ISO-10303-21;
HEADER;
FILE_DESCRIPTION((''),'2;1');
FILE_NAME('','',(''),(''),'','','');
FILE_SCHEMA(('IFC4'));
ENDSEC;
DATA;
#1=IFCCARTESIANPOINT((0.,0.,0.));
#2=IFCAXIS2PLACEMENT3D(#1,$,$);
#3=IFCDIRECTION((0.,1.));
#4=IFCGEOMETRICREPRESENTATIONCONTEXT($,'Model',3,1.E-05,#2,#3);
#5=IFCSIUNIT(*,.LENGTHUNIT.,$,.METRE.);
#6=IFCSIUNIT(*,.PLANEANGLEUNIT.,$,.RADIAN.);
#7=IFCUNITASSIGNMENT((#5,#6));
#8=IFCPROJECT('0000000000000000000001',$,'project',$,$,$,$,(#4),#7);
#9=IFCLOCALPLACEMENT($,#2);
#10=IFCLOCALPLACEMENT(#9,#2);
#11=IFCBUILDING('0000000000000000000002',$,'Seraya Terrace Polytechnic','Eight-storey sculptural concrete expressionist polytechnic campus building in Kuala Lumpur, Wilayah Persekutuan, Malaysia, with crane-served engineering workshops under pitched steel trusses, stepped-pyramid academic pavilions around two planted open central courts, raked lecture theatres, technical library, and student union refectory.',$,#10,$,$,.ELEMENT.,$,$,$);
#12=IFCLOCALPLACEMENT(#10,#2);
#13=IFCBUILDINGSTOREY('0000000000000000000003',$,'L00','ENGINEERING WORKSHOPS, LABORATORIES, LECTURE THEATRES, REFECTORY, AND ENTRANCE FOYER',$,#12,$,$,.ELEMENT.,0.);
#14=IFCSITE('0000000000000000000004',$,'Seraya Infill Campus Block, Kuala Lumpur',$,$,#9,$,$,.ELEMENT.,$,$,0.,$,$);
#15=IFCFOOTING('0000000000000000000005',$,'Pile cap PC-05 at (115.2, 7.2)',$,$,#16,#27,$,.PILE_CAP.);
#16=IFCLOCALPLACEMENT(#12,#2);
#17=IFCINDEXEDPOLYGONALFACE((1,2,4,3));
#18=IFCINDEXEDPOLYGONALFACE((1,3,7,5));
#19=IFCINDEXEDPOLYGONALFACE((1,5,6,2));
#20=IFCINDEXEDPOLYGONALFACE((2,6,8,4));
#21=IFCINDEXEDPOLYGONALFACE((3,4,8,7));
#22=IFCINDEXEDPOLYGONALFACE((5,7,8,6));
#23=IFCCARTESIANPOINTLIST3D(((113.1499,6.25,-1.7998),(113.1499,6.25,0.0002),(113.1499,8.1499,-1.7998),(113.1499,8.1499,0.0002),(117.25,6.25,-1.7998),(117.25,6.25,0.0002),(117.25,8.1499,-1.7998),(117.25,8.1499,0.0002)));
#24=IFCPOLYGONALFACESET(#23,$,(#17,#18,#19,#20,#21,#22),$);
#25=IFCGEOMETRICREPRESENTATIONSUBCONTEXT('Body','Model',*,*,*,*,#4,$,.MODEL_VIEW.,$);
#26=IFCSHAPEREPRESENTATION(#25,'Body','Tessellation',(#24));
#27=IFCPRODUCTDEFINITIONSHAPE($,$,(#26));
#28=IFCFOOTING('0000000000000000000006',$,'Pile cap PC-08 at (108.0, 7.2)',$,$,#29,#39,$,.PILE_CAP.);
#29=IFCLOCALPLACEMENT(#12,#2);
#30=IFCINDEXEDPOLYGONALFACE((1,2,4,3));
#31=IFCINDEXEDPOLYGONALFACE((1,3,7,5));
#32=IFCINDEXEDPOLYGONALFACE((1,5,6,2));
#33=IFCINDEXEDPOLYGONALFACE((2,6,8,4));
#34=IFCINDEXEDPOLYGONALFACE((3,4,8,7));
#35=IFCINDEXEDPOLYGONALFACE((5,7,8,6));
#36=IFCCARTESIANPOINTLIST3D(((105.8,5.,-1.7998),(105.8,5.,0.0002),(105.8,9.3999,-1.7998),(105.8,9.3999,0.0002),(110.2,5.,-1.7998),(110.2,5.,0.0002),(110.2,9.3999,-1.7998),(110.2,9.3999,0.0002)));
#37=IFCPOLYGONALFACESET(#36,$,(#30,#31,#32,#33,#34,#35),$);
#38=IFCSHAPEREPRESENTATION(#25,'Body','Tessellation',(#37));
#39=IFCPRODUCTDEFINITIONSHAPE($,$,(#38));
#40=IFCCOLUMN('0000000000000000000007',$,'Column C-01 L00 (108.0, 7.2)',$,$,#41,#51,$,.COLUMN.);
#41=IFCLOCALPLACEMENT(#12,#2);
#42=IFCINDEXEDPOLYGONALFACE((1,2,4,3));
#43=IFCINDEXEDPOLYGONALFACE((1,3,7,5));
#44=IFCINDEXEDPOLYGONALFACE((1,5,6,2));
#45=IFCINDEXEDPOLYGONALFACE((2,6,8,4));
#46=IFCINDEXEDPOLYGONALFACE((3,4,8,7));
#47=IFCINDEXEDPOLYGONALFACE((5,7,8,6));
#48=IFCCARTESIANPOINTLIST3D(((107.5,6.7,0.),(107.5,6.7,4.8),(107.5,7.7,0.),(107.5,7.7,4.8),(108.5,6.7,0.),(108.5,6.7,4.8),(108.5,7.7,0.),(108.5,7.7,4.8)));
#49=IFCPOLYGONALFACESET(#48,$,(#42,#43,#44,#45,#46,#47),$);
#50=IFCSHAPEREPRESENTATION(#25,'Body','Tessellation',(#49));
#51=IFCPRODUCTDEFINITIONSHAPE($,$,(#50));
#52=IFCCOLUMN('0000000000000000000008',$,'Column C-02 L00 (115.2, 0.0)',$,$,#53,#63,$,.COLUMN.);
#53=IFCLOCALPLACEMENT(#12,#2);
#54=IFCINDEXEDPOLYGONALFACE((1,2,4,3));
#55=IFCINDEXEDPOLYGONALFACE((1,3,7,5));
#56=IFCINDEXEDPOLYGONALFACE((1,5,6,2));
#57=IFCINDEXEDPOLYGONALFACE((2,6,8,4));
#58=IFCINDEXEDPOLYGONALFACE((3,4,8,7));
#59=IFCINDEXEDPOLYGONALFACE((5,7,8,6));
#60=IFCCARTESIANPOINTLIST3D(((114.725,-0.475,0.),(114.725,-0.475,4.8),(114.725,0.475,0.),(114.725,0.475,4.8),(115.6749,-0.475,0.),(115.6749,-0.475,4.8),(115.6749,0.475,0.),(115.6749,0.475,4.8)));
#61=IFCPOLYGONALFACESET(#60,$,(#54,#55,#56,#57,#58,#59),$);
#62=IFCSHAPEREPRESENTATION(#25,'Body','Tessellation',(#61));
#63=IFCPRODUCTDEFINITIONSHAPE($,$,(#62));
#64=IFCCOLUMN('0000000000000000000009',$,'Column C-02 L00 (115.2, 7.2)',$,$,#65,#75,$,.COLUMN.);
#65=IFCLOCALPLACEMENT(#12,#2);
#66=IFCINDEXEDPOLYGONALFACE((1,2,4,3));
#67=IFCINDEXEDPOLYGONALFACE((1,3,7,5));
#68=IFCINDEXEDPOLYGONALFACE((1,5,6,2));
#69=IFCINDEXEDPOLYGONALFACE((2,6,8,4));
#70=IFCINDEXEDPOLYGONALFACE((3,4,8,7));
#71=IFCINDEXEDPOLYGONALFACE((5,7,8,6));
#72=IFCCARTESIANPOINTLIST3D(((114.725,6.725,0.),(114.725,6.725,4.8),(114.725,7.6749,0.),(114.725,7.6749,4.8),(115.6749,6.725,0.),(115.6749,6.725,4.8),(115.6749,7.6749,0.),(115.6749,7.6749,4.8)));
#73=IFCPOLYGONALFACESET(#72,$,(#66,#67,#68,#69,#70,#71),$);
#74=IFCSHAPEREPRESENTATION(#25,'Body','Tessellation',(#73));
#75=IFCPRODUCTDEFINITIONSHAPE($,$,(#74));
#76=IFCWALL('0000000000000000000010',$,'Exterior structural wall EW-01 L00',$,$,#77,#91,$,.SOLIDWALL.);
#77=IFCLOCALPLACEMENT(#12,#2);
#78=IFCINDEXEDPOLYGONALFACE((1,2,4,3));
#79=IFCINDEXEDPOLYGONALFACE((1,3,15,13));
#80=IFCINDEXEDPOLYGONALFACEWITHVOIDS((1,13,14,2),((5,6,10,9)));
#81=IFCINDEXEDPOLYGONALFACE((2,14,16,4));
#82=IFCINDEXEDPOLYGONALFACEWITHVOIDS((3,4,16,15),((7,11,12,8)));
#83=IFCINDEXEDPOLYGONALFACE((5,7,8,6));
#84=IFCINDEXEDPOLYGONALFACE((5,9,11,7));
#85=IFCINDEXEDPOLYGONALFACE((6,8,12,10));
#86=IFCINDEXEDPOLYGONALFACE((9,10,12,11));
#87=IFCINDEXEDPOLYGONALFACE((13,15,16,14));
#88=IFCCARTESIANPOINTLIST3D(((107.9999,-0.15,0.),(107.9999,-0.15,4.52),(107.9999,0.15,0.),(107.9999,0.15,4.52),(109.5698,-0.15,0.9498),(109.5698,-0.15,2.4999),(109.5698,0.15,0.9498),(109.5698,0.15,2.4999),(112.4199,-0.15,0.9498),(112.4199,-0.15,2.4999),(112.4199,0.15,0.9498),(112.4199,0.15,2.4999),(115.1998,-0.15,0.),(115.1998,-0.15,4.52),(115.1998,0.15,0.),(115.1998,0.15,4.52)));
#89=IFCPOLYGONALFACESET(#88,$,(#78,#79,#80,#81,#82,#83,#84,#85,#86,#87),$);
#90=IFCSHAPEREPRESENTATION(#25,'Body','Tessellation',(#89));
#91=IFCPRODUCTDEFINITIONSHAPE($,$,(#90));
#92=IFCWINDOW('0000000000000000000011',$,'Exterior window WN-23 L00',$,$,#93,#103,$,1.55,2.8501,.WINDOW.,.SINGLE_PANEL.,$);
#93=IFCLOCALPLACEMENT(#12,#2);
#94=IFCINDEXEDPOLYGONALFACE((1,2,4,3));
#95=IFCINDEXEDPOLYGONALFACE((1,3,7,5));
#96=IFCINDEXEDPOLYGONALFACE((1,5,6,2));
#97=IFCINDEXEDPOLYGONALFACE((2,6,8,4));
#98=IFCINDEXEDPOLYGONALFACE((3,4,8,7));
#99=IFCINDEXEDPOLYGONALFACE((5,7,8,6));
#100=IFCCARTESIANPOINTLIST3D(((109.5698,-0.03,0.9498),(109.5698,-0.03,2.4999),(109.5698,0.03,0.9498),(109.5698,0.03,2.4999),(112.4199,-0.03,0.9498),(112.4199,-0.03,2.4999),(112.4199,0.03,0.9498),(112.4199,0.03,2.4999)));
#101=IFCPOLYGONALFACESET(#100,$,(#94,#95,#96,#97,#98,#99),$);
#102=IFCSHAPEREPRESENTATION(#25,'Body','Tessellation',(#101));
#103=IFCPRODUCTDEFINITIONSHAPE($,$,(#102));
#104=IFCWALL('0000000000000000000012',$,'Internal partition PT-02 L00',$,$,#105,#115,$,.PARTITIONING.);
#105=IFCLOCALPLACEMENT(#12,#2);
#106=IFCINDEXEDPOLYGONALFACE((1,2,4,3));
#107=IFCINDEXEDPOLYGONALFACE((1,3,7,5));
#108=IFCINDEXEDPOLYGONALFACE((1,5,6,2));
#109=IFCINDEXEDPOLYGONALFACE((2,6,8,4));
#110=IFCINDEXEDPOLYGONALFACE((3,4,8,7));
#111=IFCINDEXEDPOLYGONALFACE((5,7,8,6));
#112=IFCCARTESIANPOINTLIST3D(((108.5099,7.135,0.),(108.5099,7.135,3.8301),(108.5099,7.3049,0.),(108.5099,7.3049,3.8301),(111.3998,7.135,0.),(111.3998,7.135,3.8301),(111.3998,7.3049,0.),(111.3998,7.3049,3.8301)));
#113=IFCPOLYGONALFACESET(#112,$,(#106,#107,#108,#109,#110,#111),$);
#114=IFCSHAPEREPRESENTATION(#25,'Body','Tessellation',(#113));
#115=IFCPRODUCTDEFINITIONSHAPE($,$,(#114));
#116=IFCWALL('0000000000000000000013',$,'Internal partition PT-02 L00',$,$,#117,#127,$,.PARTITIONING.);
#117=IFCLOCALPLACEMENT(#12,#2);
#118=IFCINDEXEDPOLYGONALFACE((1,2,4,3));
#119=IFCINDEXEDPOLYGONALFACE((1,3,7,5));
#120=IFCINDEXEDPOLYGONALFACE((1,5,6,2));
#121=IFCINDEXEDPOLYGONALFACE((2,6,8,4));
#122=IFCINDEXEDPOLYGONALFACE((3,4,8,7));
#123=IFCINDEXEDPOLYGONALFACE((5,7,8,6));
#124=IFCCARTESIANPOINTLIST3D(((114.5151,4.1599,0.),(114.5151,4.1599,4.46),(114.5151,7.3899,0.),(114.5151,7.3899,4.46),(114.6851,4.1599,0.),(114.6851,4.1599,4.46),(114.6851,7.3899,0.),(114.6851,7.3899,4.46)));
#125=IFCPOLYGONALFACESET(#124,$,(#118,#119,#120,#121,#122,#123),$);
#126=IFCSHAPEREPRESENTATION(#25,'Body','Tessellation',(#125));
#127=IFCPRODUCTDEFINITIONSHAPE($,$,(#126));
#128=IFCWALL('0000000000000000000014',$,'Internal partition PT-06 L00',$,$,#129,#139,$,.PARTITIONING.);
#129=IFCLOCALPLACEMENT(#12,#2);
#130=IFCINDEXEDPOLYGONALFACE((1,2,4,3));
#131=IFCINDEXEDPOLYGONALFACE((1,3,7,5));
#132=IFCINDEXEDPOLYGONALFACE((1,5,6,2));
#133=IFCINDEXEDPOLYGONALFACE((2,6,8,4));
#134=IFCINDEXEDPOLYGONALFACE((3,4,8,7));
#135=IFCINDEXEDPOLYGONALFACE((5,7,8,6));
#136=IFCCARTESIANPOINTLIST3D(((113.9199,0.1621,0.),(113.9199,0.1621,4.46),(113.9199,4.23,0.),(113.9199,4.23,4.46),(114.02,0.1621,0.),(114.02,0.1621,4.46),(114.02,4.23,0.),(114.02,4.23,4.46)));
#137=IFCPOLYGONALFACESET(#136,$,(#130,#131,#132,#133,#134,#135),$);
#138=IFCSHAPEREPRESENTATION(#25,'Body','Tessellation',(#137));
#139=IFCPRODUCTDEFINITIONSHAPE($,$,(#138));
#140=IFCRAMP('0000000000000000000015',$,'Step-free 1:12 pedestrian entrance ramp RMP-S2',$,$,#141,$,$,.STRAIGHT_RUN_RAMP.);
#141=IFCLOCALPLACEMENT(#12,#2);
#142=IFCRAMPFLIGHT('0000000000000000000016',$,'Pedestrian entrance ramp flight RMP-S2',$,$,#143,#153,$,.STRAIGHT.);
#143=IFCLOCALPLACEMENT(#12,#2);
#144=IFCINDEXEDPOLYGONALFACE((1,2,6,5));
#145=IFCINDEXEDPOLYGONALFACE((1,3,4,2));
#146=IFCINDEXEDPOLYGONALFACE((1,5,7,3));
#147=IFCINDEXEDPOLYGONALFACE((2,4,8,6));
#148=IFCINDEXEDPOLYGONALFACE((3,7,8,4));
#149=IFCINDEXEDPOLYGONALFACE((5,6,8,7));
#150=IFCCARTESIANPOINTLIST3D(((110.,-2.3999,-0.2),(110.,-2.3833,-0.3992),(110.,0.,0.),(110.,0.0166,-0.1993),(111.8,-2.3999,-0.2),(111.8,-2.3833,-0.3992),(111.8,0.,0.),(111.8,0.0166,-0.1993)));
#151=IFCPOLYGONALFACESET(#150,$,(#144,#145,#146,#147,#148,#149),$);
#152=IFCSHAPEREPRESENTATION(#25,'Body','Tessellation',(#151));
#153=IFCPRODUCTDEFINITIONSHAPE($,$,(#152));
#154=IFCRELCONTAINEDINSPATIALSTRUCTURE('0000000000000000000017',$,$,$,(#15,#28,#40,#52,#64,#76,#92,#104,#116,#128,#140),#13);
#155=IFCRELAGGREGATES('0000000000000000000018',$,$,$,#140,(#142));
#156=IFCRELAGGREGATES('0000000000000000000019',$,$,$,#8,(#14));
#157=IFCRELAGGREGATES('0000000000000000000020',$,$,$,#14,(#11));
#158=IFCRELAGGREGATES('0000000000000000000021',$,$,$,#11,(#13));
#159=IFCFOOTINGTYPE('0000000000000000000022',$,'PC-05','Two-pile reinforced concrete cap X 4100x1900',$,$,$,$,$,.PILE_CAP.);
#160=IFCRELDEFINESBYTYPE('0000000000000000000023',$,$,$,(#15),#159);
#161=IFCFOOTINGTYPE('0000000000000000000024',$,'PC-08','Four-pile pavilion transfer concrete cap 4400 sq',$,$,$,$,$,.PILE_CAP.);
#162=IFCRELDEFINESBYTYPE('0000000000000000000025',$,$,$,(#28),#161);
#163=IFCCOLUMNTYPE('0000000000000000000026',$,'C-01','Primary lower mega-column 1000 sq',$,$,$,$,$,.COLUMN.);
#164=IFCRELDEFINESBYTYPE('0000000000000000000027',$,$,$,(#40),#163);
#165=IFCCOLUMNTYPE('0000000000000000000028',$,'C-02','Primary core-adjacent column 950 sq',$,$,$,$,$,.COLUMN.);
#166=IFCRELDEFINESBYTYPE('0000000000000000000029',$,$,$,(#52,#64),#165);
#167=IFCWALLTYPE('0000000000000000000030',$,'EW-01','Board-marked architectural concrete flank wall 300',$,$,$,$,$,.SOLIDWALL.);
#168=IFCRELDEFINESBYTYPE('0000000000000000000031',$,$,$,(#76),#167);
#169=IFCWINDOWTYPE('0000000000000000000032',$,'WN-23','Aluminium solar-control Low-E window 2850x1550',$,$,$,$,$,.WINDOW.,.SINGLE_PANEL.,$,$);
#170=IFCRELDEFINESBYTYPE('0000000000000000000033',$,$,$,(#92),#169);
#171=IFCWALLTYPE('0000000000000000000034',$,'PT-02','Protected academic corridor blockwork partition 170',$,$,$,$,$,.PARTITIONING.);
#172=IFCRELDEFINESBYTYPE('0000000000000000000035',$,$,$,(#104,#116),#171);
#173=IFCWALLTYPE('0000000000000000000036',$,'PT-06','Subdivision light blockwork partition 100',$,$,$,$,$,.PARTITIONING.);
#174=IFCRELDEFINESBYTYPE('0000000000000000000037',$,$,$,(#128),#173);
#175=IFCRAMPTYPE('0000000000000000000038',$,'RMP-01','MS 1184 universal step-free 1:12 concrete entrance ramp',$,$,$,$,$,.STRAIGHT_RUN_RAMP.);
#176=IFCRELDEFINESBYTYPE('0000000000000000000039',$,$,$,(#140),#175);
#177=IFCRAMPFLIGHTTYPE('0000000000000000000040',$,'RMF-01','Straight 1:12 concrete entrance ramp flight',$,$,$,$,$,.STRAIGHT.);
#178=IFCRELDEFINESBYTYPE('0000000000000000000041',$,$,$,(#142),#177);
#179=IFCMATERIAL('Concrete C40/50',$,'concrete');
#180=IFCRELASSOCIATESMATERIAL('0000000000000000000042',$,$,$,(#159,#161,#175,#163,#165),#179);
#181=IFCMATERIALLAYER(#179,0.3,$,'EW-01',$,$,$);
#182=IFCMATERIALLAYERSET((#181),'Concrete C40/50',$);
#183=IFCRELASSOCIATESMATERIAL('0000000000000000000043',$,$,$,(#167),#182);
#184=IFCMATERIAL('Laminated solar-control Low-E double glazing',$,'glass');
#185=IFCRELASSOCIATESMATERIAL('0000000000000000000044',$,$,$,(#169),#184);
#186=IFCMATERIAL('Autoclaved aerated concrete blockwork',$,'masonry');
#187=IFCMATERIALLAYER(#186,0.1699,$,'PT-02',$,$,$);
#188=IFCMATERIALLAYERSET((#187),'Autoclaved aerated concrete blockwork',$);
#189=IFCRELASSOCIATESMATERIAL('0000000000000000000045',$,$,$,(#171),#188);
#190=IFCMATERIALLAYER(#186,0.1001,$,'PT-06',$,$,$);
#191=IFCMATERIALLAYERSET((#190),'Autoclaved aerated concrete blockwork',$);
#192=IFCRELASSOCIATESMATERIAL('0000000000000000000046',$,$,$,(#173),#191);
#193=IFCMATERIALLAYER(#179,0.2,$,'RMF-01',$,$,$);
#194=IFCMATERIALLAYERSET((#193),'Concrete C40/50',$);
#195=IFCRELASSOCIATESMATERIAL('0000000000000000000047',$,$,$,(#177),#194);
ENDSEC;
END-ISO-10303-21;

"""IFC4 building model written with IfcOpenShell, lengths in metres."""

from ifc_helpers import new_model, si_unit, direction, frame, frame_2d, origin, origin_2d, place, context, subcontext, project, spatial, polyline, rectangle, outline, extrude, material, layer, layer_set, material_profile, profile_set, type_object, element, fill, aggregate, save


model = new_model("IFC4")

# Units and contexts
model_context = context("Model", 3, precision=1e-05, world=origin(), true_north=direction((0.0, 1.0)))
body_context = subcontext(model_context, "Body", "Model", "MODEL_VIEW")
ifc_project = project(units=[si_unit("LENGTHUNIT", "METRE"), si_unit("PLANEANGLEUNIT", "RADIAN")], contexts=[model_context])

# Site, building, storey
site_placement = place(None, origin())
site = spatial("IfcSite", under=ifc_project, at=site_placement, Name="Seraya Infill Campus Block, Kuala Lumpur", CompositionType="ELEMENT", RefElevation=0.0)
building_placement = place(site_placement, origin())
building = spatial("IfcBuilding", under=site, at=building_placement, Name="Seraya Terrace Polytechnic", Description="Eight-storey sculptural concrete expressionist polytechnic campus building in Kuala Lumpur, Wilayah Persekutuan, Malaysia, with crane-served engineering workshops under pitched steel trusses, stepped-pyramid academic pavilions around two planted open central courts, raked lecture theatres, technical library, and student union refectory.", CompositionType="ELEMENT")
storey_placement = place(building_placement, origin())
storey = spatial("IfcBuildingStorey", under=building, at=storey_placement, Name="L00", Description="ENGINEERING WORKSHOPS, LABORATORIES, LECTURE THEATRES, REFECTORY, AND ENTRANCE FOYER", CompositionType="ELEMENT", Elevation=0.0)

# Shared definitions
ifc_material_1 = material(Name="Concrete C40/50", Category="concrete")

# Footings
footing_type_1 = type_object("IfcFootingType", Name="PC-05", Description="Two-pile reinforced concrete cap X 4100x1900", PredefinedType="PILE_CAP", material=ifc_material_1)
for number, where, z_axis, x_axis, name in (
    (1, (115.2, 7.2, -1.7998), (0.0, 0.0, 1.0), (1.0, 0.0, 0.0), "Pile cap PC-05 at (115.2, 7.2)"),
):
    element("IfcFooting", number, at=place(storey_placement, frame(where, z_axis=z_axis, x_axis=x_axis)), inside=storey, type_object=footing_type_1, Name=name, PredefinedType="PILE_CAP", context=body_context, shape_type="SweptSolid", body=[
        extrude(rectangle(XDim=4.1001, YDim=1.8999, at=origin_2d()), origin(), (0.0, 0.0, 1.0), 1.8),
    ])
footing_type_2 = type_object("IfcFootingType", Name="PC-08", Description="Four-pile pavilion transfer concrete cap 4400 sq", PredefinedType="PILE_CAP", material=ifc_material_1)
footing_1_placement = place(storey_placement, frame((108.0, 7.2, -1.7998), z_axis=(0.0, 0.0, 1.0), x_axis=(1.0, 0.0, 0.0)))
element("IfcFooting", 2, at=footing_1_placement, inside=storey, type_object=footing_type_2, Name="Pile cap PC-08 at (108.0, 7.2)", PredefinedType="PILE_CAP", context=body_context, shape_type="SweptSolid", body=[
    extrude(rectangle(XDim=4.3999, YDim=4.3999, at=origin_2d()), origin(), (0.0, 0.0, 1.0), 1.8),
])

# Columns
ifc_material_profile_1 = material_profile(ifc_material_1, rectangle(XDim=1.0, YDim=1.0, at=origin_2d()), Name="RC 1000x1000")
ifc_profile_set_1 = profile_set([ifc_material_profile_1], Name="Concrete C40/50")
column_type_1 = type_object("IfcColumnType", Name="C-01", Description="Primary lower mega-column 1000 sq", PredefinedType="COLUMN", material=ifc_profile_set_1)
column_placement = place(storey_placement, frame((108.0, 7.2, 0.0), z_axis=(0.0, 0.0, 1.0), x_axis=(1.0, 0.0, 0.0)))
element("IfcColumn", 3, at=column_placement, inside=storey, type_object=column_type_1, Name="Column C-01 L00 (108.0, 7.2)", PredefinedType="COLUMN", context=body_context, shape_type="SweptSolid", body=[
    extrude(rectangle(XDim=1.0, YDim=1.0, at=origin_2d()), origin(), (0.0, 0.0, 1.0), 4.8),
])
ifc_material_profile_2 = material_profile(ifc_material_1, rectangle(XDim=0.95, YDim=0.95, at=origin_2d()), Name="RC 950x950")
ifc_profile_set_2 = profile_set([ifc_material_profile_2], Name="Concrete C40/50")
column_type_2 = type_object("IfcColumnType", Name="C-02", Description="Primary core-adjacent column 950 sq", PredefinedType="COLUMN", material=ifc_profile_set_2)
for number, where, z_axis, x_axis, name in (
    (4, (115.2, 0.0, 0.0), (0.0, 0.0, 1.0), (1.0, 0.0, 0.0), "Column C-02 L00 (115.2, 0.0)"),
    (5, (115.2, 7.2, 0.0), (0.0, 0.0, 1.0), (1.0, 0.0, 0.0), "Column C-02 L00 (115.2, 7.2)"),
):
    element("IfcColumn", number, at=place(storey_placement, frame(where, z_axis=z_axis, x_axis=x_axis)), inside=storey, type_object=column_type_2, Name=name, PredefinedType="COLUMN", context=body_context, shape_type="SweptSolid", body=[
        extrude(rectangle(XDim=0.95, YDim=0.95, at=origin_2d()), origin(), (0.0, 0.0, 1.0), 4.8),
    ])

# Wall, opening, window
ifc_layer_1 = layer(ifc_material_1, 0.3, Name="EW-01")
ifc_layer_set_1 = layer_set([ifc_layer_1], Name="Concrete C40/50")
wall_type_1 = type_object("IfcWallType", Name="EW-01", Description="Board-marked architectural concrete flank wall 300", PredefinedType="SOLIDWALL", material=ifc_layer_set_1)
wall_1_placement = place(storey_placement, frame((115.2, 0.0, 0.0), z_axis=(0.0, 0.0, 1.0), x_axis=(-1.0, 0.0, 0.0)))
wall_1 = element("IfcWall", 6, at=wall_1_placement, inside=storey, type_object=wall_type_1, Name="Exterior structural wall EW-01 L00", PredefinedType="SOLIDWALL", context=body_context, shape_type="SweptSolid", body=[
    extrude(rectangle(XDim=7.2, YDim=0.3, at=frame_2d((3.6001, 0.0))), origin(), (0.0, 0.0, 1.0), 4.52),
])
opening_placement = place(wall_1_placement, frame((2.78, 0.0, 0.95)))
opening = element("IfcOpeningElement", 7, at=opening_placement, cuts=wall_1, PredefinedType="OPENING", context=body_context, shape_type="SweptSolid", body=[
    extrude(rectangle(XDim=2.8501, YDim=1.55, at=frame_2d((1.425, 0.7749))), frame((0.0, 0.1621, 0.0), z_axis=(0.0, -1.0, 0.0), x_axis=(1.0, 0.0, 0.0)), (0.0, 0.0, 1.0), 0.324),
])
ifc_material_2 = material(Name="Laminated solar-control Low-E double glazing", Category="glass")
window_type = type_object("IfcWindowType", Name="WN-23", Description="Aluminium solar-control Low-E window 2850x1550", PartitioningType="SINGLE_PANEL", PredefinedType="WINDOW", material=ifc_material_2)
window_placement = place(opening_placement, origin())
window = element("IfcWindow", 8, at=window_placement, inside=storey, type_object=window_type, Name="Exterior window WN-23 L00", OverallHeight=1.55, OverallWidth=2.8501, PartitioningType="SINGLE_PANEL", PredefinedType="WINDOW", context=body_context, shape_type="SweptSolid", body=[
    extrude(rectangle(XDim=2.8501, YDim=1.55, at=frame_2d((1.425, 0.7749))), frame((0.0, 0.03, 0.0), z_axis=(0.0, -1.0, 0.0), x_axis=(1.0, 0.0, 0.0)), (0.0, 0.0, 1.0), 0.0601),
])
fill(opening, window)

# Walls
ifc_material_3 = material(Name="Autoclaved aerated concrete blockwork", Category="masonry")
ifc_layer_2 = layer(ifc_material_3, 0.1699, Name="PT-02")
ifc_layer_set_2 = layer_set([ifc_layer_2], Name="Autoclaved aerated concrete blockwork")
wall_type_2 = type_object("IfcWallType", Name="PT-02", Description="Protected academic corridor blockwork partition 170", PredefinedType="PARTITIONING", material=ifc_layer_set_2)
wall_2_placement = place(storey_placement, frame((108.51, 7.22, 0.0), z_axis=(0.0, 0.0, 1.0), x_axis=(1.0, 0.0, 0.0)))
element("IfcWall", 9, at=wall_2_placement, inside=storey, type_object=wall_type_2, Name="Internal partition PT-02 L00", PredefinedType="PARTITIONING", context=body_context, shape_type="SweptSolid", body=[
    extrude(rectangle(XDim=2.8899, YDim=0.1699, at=frame_2d((1.4448, 0.0))), origin(), (0.0, 0.0, 1.0), 3.8301),
])
wall_3_placement = place(storey_placement, frame((114.6001, 4.1599, 0.0), z_axis=(0.0, 0.0, 1.0), x_axis=(0.0, 1.0, 0.0)))
element("IfcWall", 10, at=wall_3_placement, inside=storey, type_object=wall_type_2, Name="Internal partition PT-02 L00", PredefinedType="PARTITIONING", context=body_context, shape_type="SweptSolid", body=[
    extrude(rectangle(XDim=3.23, YDim=0.1699, at=frame_2d((1.615, 0.0))), origin(), (0.0, 0.0, 1.0), 4.46),
])
ifc_layer_3 = layer(ifc_material_3, 0.1001, Name="PT-06")
ifc_layer_set_3 = layer_set([ifc_layer_3], Name="Autoclaved aerated concrete blockwork")
wall_type_3 = type_object("IfcWallType", Name="PT-06", Description="Subdivision light blockwork partition 100", PredefinedType="PARTITIONING", material=ifc_layer_set_3)
wall_4_placement = place(storey_placement, frame((113.97, 0.1621, 0.0), z_axis=(0.0, 0.0, 1.0), x_axis=(0.0, 1.0, 0.0)))
element("IfcWall", 11, at=wall_4_placement, inside=storey, type_object=wall_type_3, Name="Internal partition PT-06 L00", PredefinedType="PARTITIONING", context=body_context, shape_type="SweptSolid", body=[
    extrude(rectangle(XDim=4.0679, YDim=0.1001, at=frame_2d((2.0339, 0.0))), origin(), (0.0, 0.0, 1.0), 4.46),
])

# Ramp, ramp flight
ramp_type = type_object("IfcRampType", Name="RMP-01", Description="MS 1184 universal step-free 1:12 concrete entrance ramp", PredefinedType="STRAIGHT_RUN_RAMP", material=ifc_material_1)
ramp_placement = place(storey_placement, origin())
ramp = element("IfcRamp", 12, at=ramp_placement, inside=storey, type_object=ramp_type, Name="Step-free 1:12 pedestrian entrance ramp RMP-S2", PredefinedType="STRAIGHT_RUN_RAMP")
ifc_layer_4 = layer(ifc_material_1, 0.2, Name="RMF-01")
ifc_layer_set_4 = layer_set([ifc_layer_4], Name="Concrete C40/50")
ramp_flight_type = type_object("IfcRampFlightType", Name="RMF-01", Description="Straight 1:12 concrete entrance ramp flight", PredefinedType="STRAIGHT", material=ifc_layer_set_4)
ramp_flight_placement = place(storey_placement, frame((110.0, -2.3999, -0.2), z_axis=(0.0, -0.083029, 0.996547), x_axis=(1.0, 0.0, 0.0)))
ramp_flight = element("IfcRampFlight", 13, at=ramp_flight_placement, type_object=ramp_flight_type, Name="Pedestrian entrance ramp flight RMP-S2", PredefinedType="STRAIGHT", context=body_context, shape_type="SweptSolid", body=[
    extrude(outline(polyline([(0.0, 0.0), (1.8, 0.0), (1.8, 2.4082), (0.0, 2.4082), (0.0, 0.0)])), origin(), (0.0, 0.0, -1.0), 0.2),
])
aggregate(ramp, [ramp_flight])

save(model, "model.ifc")
